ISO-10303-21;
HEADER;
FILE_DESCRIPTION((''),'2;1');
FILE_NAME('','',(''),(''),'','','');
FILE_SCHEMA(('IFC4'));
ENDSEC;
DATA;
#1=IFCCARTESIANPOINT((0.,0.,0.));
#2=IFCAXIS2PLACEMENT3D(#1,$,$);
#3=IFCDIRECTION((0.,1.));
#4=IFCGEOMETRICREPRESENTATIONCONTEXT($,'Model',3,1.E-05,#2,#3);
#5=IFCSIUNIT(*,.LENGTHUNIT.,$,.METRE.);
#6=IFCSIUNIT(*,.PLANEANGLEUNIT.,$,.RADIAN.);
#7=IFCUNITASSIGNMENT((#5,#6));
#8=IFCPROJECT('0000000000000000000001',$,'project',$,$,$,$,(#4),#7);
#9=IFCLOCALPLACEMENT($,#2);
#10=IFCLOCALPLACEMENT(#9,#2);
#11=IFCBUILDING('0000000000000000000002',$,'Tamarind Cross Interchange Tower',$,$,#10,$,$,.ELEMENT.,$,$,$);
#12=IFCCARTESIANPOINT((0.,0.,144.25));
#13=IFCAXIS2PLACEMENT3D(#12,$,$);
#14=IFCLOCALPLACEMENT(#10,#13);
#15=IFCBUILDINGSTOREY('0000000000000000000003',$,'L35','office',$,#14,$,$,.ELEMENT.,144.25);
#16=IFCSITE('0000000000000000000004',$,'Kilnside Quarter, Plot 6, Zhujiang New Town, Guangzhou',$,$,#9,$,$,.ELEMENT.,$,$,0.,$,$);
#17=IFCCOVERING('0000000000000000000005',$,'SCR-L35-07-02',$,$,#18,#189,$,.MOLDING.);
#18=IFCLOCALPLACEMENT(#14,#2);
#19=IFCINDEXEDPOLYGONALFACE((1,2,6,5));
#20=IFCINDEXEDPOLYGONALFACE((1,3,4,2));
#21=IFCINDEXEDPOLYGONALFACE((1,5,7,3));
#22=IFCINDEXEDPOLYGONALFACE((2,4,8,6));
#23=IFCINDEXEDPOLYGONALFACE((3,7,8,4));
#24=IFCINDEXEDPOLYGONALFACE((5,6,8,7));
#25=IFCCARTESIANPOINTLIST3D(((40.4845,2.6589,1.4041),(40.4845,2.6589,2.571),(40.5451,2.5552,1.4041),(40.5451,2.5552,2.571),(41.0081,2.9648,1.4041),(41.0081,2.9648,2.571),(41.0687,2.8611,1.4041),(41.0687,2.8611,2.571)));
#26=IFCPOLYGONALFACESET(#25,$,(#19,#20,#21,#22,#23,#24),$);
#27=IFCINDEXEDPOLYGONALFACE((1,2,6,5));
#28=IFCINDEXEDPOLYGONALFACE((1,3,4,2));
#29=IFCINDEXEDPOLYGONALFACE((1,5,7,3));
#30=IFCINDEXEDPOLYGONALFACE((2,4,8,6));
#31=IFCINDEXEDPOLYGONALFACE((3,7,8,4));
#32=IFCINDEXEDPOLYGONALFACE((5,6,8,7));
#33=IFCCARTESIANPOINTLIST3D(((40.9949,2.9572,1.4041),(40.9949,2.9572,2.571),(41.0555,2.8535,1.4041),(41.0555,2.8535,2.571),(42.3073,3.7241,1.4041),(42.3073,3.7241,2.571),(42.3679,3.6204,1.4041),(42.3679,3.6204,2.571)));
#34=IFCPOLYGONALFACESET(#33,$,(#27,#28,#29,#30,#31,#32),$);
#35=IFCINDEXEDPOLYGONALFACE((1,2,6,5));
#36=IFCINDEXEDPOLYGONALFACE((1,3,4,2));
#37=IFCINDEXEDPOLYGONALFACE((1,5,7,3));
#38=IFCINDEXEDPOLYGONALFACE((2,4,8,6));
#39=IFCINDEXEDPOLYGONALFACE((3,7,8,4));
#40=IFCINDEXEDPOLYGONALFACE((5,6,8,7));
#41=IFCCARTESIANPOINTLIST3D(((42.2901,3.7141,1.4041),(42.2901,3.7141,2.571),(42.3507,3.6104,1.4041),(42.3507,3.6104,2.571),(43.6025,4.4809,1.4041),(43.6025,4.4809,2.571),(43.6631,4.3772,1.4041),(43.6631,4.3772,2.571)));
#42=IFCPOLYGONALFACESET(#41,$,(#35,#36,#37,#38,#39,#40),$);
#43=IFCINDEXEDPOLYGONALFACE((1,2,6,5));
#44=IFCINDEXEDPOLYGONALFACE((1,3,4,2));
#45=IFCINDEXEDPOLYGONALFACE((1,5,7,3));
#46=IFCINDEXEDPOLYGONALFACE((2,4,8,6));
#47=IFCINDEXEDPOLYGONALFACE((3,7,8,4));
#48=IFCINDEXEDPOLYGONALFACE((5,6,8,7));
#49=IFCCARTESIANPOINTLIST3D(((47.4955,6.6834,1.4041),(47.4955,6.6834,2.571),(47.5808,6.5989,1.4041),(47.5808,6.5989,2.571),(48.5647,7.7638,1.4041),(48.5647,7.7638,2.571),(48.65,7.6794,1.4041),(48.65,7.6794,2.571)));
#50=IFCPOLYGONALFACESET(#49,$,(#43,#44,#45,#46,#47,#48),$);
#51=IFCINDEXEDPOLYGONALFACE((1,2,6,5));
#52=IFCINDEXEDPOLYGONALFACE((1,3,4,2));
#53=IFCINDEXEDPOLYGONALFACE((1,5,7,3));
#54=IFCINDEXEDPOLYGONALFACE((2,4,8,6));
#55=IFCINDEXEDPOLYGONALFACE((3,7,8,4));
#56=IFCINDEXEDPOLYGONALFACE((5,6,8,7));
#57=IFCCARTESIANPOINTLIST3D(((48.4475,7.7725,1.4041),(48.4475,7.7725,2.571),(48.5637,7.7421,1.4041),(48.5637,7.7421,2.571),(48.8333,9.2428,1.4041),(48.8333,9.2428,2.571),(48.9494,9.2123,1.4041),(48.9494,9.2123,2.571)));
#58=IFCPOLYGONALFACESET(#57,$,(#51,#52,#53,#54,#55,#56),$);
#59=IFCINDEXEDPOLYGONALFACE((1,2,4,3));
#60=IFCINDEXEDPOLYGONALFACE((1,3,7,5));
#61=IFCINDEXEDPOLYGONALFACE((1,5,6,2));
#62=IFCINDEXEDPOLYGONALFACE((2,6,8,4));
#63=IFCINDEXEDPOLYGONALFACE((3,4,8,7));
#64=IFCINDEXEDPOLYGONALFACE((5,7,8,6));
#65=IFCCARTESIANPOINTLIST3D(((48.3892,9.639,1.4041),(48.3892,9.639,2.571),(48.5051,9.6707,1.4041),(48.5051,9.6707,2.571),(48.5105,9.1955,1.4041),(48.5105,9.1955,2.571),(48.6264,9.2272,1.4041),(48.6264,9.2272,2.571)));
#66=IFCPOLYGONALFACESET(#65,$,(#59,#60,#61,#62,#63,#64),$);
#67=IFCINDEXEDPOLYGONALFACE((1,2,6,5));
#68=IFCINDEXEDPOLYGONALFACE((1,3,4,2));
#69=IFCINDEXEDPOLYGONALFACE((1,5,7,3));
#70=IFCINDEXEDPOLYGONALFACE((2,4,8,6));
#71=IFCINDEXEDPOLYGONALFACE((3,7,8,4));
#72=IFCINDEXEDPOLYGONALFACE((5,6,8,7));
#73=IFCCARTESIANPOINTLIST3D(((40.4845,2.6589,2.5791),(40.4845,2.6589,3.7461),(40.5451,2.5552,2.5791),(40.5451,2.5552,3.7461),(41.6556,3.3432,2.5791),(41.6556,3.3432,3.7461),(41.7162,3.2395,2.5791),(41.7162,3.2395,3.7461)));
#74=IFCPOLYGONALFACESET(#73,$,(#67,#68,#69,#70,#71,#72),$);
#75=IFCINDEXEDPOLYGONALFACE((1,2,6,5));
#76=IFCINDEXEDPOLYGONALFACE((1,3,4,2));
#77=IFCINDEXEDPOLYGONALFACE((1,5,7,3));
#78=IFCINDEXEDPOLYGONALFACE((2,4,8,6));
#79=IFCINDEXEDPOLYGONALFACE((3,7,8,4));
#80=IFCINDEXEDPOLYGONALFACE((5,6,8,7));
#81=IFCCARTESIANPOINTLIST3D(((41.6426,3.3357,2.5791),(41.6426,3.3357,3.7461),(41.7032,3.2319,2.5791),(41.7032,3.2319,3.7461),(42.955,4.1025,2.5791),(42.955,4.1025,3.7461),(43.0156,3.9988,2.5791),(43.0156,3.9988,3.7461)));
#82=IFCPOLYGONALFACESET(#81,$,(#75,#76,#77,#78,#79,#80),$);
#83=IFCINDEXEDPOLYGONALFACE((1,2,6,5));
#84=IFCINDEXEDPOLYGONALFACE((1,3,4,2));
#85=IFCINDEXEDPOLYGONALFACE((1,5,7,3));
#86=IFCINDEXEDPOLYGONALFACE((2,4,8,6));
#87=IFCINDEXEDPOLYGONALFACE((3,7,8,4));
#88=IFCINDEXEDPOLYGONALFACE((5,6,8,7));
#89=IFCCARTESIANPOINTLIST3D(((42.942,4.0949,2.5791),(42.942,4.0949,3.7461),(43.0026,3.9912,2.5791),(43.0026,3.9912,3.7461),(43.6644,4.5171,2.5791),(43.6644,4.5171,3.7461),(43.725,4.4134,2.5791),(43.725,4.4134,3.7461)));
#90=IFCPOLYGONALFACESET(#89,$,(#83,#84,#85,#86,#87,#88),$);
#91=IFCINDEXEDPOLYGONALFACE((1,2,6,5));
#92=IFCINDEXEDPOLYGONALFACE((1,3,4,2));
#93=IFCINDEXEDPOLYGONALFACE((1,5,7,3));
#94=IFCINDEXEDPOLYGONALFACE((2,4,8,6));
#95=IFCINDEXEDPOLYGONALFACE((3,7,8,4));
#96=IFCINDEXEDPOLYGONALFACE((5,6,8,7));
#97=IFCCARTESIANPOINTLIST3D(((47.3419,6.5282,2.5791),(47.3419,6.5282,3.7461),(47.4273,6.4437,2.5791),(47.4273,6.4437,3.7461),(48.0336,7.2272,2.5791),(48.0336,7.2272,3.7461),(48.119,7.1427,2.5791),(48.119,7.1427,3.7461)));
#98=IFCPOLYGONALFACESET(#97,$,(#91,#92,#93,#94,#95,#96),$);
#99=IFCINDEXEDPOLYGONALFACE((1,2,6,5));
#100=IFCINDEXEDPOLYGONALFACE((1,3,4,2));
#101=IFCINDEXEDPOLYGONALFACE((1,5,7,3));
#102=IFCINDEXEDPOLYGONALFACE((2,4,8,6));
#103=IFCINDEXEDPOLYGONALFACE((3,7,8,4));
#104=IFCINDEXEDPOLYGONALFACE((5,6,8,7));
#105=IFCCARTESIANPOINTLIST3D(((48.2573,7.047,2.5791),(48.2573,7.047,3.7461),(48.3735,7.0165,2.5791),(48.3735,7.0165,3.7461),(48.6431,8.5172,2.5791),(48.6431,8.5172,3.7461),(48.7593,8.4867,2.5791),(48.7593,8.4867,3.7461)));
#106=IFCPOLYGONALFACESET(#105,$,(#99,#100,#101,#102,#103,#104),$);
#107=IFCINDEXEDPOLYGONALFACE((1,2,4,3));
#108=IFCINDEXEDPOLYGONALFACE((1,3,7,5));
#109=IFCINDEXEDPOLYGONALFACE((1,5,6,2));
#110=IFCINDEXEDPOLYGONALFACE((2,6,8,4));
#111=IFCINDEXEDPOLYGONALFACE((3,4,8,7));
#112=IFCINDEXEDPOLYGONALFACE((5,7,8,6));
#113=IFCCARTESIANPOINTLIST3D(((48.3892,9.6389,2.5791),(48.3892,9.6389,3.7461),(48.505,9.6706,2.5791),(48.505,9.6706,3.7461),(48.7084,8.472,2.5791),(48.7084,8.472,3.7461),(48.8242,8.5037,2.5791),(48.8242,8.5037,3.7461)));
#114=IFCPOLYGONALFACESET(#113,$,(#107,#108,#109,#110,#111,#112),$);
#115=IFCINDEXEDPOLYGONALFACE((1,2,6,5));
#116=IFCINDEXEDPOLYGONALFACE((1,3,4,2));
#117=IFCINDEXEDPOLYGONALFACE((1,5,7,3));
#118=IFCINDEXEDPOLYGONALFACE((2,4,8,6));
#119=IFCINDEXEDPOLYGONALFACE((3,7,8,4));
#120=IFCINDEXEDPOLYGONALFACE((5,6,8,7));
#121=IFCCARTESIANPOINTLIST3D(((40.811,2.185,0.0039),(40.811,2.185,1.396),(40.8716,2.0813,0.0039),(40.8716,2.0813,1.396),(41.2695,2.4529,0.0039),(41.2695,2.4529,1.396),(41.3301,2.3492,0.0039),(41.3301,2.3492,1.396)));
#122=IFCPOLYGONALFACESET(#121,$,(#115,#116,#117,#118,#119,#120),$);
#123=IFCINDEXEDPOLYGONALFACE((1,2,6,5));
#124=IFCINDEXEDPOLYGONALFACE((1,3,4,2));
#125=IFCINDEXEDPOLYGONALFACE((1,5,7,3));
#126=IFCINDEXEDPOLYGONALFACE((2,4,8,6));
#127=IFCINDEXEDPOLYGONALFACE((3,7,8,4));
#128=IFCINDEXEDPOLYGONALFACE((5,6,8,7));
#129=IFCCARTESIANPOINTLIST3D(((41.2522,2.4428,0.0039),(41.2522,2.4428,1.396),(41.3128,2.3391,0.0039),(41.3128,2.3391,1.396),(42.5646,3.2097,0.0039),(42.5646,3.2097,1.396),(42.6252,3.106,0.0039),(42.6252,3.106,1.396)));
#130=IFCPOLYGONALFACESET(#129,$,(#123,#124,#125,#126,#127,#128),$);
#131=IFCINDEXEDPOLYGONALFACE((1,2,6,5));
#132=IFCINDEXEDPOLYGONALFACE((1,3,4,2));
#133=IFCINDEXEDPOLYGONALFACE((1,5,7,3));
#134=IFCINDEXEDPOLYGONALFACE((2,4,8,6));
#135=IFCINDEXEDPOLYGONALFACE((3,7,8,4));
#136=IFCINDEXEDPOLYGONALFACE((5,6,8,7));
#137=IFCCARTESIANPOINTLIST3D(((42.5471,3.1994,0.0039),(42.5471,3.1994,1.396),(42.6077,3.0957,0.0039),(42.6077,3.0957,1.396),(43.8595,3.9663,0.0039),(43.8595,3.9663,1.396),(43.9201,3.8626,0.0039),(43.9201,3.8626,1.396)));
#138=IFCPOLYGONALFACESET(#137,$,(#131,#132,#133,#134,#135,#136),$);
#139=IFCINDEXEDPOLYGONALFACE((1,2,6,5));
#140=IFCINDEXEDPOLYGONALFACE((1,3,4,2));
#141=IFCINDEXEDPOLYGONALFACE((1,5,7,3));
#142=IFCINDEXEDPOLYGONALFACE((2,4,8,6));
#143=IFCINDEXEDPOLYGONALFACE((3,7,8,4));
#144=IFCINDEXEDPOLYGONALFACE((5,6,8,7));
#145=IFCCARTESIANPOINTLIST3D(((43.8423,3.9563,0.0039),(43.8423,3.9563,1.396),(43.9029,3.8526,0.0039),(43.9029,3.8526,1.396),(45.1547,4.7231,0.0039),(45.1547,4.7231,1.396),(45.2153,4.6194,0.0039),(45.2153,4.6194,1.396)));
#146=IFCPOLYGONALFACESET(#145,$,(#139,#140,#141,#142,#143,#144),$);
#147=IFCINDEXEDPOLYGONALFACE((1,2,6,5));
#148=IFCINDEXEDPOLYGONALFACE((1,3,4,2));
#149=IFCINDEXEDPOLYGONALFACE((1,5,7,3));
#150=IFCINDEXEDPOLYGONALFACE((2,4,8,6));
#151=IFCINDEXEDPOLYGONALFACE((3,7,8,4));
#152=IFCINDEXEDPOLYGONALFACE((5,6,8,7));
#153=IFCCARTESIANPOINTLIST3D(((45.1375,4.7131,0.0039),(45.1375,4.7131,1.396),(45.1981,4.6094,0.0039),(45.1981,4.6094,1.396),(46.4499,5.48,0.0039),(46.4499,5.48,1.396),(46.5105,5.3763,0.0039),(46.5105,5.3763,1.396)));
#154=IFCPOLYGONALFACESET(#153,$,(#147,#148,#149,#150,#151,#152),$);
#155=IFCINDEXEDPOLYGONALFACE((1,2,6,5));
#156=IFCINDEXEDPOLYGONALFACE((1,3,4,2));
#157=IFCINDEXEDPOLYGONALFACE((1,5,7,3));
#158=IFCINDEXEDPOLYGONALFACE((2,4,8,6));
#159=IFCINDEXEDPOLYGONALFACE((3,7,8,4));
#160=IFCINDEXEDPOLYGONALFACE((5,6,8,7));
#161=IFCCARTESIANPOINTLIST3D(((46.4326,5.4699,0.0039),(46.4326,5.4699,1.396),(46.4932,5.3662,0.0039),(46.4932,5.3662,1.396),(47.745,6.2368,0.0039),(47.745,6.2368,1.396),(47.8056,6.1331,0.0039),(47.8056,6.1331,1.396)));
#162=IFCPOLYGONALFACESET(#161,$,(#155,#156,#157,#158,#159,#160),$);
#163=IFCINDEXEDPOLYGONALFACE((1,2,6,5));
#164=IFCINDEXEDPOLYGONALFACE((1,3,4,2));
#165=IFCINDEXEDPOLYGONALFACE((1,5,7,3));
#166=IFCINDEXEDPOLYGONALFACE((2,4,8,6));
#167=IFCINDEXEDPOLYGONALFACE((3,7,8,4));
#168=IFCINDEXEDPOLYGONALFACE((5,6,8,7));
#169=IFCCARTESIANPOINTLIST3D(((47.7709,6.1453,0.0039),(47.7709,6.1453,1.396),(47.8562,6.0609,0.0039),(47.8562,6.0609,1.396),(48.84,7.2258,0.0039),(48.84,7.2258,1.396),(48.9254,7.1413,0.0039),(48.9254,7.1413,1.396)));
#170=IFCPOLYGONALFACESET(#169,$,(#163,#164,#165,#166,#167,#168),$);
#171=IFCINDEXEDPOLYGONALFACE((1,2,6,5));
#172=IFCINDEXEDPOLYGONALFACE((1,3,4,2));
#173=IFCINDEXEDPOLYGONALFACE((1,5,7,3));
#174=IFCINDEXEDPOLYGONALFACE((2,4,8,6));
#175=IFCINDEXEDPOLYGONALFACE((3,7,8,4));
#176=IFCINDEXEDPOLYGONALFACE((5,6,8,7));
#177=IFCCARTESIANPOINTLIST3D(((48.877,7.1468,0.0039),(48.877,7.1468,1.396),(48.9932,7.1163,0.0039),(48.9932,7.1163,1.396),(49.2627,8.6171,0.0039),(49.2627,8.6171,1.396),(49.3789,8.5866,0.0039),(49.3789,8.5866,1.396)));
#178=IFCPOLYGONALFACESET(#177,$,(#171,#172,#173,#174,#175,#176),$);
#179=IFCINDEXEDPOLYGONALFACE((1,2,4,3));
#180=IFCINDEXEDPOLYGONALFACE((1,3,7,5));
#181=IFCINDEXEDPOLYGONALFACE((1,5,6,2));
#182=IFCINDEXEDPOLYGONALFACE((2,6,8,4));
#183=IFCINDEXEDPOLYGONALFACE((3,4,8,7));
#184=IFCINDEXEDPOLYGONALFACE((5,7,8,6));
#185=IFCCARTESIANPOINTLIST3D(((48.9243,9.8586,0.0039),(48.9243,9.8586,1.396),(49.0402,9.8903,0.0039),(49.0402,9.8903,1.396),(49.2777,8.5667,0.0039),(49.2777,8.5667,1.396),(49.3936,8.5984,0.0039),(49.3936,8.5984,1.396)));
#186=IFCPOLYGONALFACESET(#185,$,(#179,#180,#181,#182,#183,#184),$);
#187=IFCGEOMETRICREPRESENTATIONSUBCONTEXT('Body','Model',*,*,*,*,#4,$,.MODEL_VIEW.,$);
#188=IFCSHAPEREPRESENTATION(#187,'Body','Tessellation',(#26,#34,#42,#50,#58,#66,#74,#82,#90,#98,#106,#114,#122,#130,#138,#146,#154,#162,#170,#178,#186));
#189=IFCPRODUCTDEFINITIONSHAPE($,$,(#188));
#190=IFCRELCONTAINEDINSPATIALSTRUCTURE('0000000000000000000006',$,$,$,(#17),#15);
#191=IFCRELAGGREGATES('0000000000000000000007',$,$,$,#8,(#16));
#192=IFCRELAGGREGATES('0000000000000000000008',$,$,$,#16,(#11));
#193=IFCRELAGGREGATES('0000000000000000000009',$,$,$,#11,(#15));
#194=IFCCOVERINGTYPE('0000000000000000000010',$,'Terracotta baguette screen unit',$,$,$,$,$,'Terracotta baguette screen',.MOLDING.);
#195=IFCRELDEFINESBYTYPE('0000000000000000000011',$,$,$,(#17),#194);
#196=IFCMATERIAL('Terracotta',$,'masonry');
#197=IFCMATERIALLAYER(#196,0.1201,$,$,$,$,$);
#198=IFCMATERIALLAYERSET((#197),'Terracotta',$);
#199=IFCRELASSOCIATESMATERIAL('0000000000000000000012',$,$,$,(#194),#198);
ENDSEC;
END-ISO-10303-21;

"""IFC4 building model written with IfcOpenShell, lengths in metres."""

from ifc_helpers import new_model, si_unit, direction, frame, origin, origin_2d, place, context, subcontext, project, spatial, rectangle, extrude, material, layer, layer_set, type_object, element, save


model = new_model("IFC4")

# Units and contexts
model_context = context("Model", 3, precision=1e-05, world=origin(), true_north=direction((0.0, 1.0)))
body_context = subcontext(model_context, "Body", "Model", "MODEL_VIEW")
ifc_project = project(units=[si_unit("LENGTHUNIT", "METRE"), si_unit("PLANEANGLEUNIT", "RADIAN")], contexts=[model_context])

# Site, building, storey
site_placement = place(None, origin())
site = spatial("IfcSite", under=ifc_project, at=site_placement, Name="Kilnside Quarter, Plot 6, Zhujiang New Town, Guangzhou", CompositionType="ELEMENT", RefElevation=0.0)
building_placement = place(site_placement, origin())
building = spatial("IfcBuilding", under=site, at=building_placement, Name="Tamarind Cross Interchange Tower", CompositionType="ELEMENT")
storey_placement = place(building_placement, frame((0.0, 0.0, 144.25)))
storey = spatial("IfcBuildingStorey", under=building, at=storey_placement, Name="L35", Description="office", CompositionType="ELEMENT", Elevation=144.25)

# Covering
ifc_material_1 = material(Name="Terracotta", Category="masonry")
ifc_layer_1 = layer(ifc_material_1, 0.1201)
ifc_layer_set_1 = layer_set([ifc_layer_1], Name="Terracotta")
covering_type = type_object("IfcCoveringType", Name="Terracotta baguette screen unit", ElementType="Terracotta baguette screen", PredefinedType="MOLDING", material=ifc_layer_set_1)
covering_1_placement = place(storey_placement, origin())
element("IfcCovering", 1, at=covering_1_placement, inside=storey, type_object=covering_type, Name="SCR-L35-07-02", PredefinedType="MOLDING", context=body_context, shape_type="SweptSolid", body=[
    extrude(rectangle(XDim=0.6064, YDim=0.1201, at=origin_2d()), frame((40.7766, 2.76, 1.4041), z_axis=(0.0, 0.0, 1.0), x_axis=(0.863403, 0.504516, 0.0)), (0.0, 0.0, 1.0), 1.167),
    extrude(rectangle(XDim=1.52, YDim=0.1201, at=origin_2d()), frame((41.6814, 3.2888, 1.4041), z_axis=(0.0, 0.0, 1.0), x_axis=(0.863403, 0.504516, 0.0)), (0.0, 0.0, 1.0), 1.167),
    extrude(rectangle(XDim=1.52, YDim=0.1201, at=origin_2d()), frame((42.9766, 4.0457, 1.4041), z_axis=(0.0, 0.0, 1.0), x_axis=(0.863403, 0.504516, 0.0)), (0.0, 0.0, 1.0), 1.167),
    extrude(rectangle(XDim=1.52, YDim=0.1201, at=origin_2d()), frame((48.0728, 7.1814, 1.4041), z_axis=(0.0, 0.0, 1.0), x_axis=(0.703405, 0.71079, 0.0)), (0.0, 0.0, 1.0), 1.167),
    extrude(rectangle(XDim=1.52, YDim=0.1201, at=origin_2d()), frame((48.6985, 8.4924, 1.4041), z_axis=(0.0, 0.0, 1.0), x_axis=(0.253771, 0.967264, 0.0)), (0.0, 0.0, 1.0), 1.167),
    extrude(rectangle(XDim=0.4597, YDim=0.1201, at=origin_2d()), frame((48.5078, 9.4331, 1.4041), z_axis=(0.0, 0.0, 1.0), x_axis=(-0.26386, 0.964561, 0.0)), (0.0, 0.0, 1.0), 1.167),
    extrude(rectangle(XDim=1.3564, YDim=0.1201, at=origin_2d()), frame((41.1003, 2.9492, 2.5791), z_axis=(0.0, 0.0, 1.0), x_axis=(0.863403, 0.504516, 0.0)), (0.0, 0.0, 1.0), 1.167),
    extrude(rectangle(XDim=1.52, YDim=0.1201, at=origin_2d()), frame((42.3291, 3.6672, 2.5791), z_axis=(0.0, 0.0, 1.0), x_axis=(0.863403, 0.504516, 0.0)), (0.0, 0.0, 1.0), 1.167),
    extrude(rectangle(XDim=0.8367, YDim=0.1201, at=origin_2d()), frame((43.3335, 4.2542, 2.5791), z_axis=(0.0, 0.0, 1.0), x_axis=(0.863403, 0.504516, 0.0)), (0.0, 0.0, 1.0), 1.167),
    extrude(rectangle(XDim=0.9834, YDim=0.1201, at=origin_2d()), frame((47.7305, 6.8354, 2.5791), z_axis=(0.0, 0.0, 1.0), x_axis=(0.703405, 0.71079, 0.0)), (0.0, 0.0, 1.0), 1.167),
    extrude(rectangle(XDim=1.52, YDim=0.1201, at=origin_2d()), frame((48.5083, 7.7668, 2.5791), z_axis=(0.0, 0.0, 1.0), x_axis=(0.253771, 0.967264, 0.0)), (0.0, 0.0, 1.0), 1.167),
    extrude(rectangle(XDim=1.2097, YDim=0.1201, at=origin_2d()), frame((48.6067, 9.0713, 2.5791), z_axis=(0.0, 0.0, 1.0), x_axis=(-0.26386, 0.964561, 0.0)), (0.0, 0.0, 1.0), 1.167),
    extrude(rectangle(XDim=0.531, YDim=0.1201, at=origin_2d()), frame((41.0706, 2.2671, 0.0039), z_axis=(0.0, 0.0, 1.0), x_axis=(0.863403, 0.504516, 0.0)), (0.0, 0.0, 1.0), 1.3921),
    extrude(rectangle(XDim=1.52, YDim=0.1201, at=origin_2d()), frame((41.9387, 2.7744, 0.0039), z_axis=(0.0, 0.0, 1.0), x_axis=(0.863403, 0.504516, 0.0)), (0.0, 0.0, 1.0), 1.3921),
    extrude(rectangle(XDim=1.52, YDim=0.1201, at=origin_2d()), frame((43.2336, 3.531, 0.0039), z_axis=(0.0, 0.0, 1.0), x_axis=(0.863403, 0.504516, 0.0)), (0.0, 0.0, 1.0), 1.3921),
    extrude(rectangle(XDim=1.52, YDim=0.1201, at=origin_2d()), frame((44.5288, 4.2878, 0.0039), z_axis=(0.0, 0.0, 1.0), x_axis=(0.863403, 0.504516, 0.0)), (0.0, 0.0, 1.0), 1.3921),
    extrude(rectangle(XDim=1.52, YDim=0.1201, at=origin_2d()), frame((45.824, 5.0447, 0.0039), z_axis=(0.0, 0.0, 1.0), x_axis=(0.863403, 0.504516, 0.0)), (0.0, 0.0, 1.0), 1.3921),
    extrude(rectangle(XDim=1.52, YDim=0.1201, at=origin_2d()), frame((47.1191, 5.8015, 0.0039), z_axis=(0.0, 0.0, 1.0), x_axis=(0.863403, 0.504516, 0.0)), (0.0, 0.0, 1.0), 1.3921),
    extrude(rectangle(XDim=1.52, YDim=0.1201, at=origin_2d()), frame((48.3481, 6.6433, 0.0039), z_axis=(0.0, 0.0, 1.0), x_axis=(0.703405, 0.71079, 0.0)), (0.0, 0.0, 1.0), 1.3921),
    extrude(rectangle(XDim=1.52, YDim=0.1201, at=origin_2d()), frame((49.1279, 7.8667, 0.0039), z_axis=(0.0, 0.0, 1.0), x_axis=(0.253771, 0.967264, 0.0)), (0.0, 0.0, 1.0), 1.3921),
    extrude(rectangle(XDim=1.3394, YDim=0.1201, at=origin_2d()), frame((49.1589, 9.2285, 0.0039), z_axis=(0.0, 0.0, 1.0), x_axis=(-0.26386, 0.964561, 0.0)), (0.0, 0.0, 1.0), 1.3921),
])

save(model, "model.ifc")
